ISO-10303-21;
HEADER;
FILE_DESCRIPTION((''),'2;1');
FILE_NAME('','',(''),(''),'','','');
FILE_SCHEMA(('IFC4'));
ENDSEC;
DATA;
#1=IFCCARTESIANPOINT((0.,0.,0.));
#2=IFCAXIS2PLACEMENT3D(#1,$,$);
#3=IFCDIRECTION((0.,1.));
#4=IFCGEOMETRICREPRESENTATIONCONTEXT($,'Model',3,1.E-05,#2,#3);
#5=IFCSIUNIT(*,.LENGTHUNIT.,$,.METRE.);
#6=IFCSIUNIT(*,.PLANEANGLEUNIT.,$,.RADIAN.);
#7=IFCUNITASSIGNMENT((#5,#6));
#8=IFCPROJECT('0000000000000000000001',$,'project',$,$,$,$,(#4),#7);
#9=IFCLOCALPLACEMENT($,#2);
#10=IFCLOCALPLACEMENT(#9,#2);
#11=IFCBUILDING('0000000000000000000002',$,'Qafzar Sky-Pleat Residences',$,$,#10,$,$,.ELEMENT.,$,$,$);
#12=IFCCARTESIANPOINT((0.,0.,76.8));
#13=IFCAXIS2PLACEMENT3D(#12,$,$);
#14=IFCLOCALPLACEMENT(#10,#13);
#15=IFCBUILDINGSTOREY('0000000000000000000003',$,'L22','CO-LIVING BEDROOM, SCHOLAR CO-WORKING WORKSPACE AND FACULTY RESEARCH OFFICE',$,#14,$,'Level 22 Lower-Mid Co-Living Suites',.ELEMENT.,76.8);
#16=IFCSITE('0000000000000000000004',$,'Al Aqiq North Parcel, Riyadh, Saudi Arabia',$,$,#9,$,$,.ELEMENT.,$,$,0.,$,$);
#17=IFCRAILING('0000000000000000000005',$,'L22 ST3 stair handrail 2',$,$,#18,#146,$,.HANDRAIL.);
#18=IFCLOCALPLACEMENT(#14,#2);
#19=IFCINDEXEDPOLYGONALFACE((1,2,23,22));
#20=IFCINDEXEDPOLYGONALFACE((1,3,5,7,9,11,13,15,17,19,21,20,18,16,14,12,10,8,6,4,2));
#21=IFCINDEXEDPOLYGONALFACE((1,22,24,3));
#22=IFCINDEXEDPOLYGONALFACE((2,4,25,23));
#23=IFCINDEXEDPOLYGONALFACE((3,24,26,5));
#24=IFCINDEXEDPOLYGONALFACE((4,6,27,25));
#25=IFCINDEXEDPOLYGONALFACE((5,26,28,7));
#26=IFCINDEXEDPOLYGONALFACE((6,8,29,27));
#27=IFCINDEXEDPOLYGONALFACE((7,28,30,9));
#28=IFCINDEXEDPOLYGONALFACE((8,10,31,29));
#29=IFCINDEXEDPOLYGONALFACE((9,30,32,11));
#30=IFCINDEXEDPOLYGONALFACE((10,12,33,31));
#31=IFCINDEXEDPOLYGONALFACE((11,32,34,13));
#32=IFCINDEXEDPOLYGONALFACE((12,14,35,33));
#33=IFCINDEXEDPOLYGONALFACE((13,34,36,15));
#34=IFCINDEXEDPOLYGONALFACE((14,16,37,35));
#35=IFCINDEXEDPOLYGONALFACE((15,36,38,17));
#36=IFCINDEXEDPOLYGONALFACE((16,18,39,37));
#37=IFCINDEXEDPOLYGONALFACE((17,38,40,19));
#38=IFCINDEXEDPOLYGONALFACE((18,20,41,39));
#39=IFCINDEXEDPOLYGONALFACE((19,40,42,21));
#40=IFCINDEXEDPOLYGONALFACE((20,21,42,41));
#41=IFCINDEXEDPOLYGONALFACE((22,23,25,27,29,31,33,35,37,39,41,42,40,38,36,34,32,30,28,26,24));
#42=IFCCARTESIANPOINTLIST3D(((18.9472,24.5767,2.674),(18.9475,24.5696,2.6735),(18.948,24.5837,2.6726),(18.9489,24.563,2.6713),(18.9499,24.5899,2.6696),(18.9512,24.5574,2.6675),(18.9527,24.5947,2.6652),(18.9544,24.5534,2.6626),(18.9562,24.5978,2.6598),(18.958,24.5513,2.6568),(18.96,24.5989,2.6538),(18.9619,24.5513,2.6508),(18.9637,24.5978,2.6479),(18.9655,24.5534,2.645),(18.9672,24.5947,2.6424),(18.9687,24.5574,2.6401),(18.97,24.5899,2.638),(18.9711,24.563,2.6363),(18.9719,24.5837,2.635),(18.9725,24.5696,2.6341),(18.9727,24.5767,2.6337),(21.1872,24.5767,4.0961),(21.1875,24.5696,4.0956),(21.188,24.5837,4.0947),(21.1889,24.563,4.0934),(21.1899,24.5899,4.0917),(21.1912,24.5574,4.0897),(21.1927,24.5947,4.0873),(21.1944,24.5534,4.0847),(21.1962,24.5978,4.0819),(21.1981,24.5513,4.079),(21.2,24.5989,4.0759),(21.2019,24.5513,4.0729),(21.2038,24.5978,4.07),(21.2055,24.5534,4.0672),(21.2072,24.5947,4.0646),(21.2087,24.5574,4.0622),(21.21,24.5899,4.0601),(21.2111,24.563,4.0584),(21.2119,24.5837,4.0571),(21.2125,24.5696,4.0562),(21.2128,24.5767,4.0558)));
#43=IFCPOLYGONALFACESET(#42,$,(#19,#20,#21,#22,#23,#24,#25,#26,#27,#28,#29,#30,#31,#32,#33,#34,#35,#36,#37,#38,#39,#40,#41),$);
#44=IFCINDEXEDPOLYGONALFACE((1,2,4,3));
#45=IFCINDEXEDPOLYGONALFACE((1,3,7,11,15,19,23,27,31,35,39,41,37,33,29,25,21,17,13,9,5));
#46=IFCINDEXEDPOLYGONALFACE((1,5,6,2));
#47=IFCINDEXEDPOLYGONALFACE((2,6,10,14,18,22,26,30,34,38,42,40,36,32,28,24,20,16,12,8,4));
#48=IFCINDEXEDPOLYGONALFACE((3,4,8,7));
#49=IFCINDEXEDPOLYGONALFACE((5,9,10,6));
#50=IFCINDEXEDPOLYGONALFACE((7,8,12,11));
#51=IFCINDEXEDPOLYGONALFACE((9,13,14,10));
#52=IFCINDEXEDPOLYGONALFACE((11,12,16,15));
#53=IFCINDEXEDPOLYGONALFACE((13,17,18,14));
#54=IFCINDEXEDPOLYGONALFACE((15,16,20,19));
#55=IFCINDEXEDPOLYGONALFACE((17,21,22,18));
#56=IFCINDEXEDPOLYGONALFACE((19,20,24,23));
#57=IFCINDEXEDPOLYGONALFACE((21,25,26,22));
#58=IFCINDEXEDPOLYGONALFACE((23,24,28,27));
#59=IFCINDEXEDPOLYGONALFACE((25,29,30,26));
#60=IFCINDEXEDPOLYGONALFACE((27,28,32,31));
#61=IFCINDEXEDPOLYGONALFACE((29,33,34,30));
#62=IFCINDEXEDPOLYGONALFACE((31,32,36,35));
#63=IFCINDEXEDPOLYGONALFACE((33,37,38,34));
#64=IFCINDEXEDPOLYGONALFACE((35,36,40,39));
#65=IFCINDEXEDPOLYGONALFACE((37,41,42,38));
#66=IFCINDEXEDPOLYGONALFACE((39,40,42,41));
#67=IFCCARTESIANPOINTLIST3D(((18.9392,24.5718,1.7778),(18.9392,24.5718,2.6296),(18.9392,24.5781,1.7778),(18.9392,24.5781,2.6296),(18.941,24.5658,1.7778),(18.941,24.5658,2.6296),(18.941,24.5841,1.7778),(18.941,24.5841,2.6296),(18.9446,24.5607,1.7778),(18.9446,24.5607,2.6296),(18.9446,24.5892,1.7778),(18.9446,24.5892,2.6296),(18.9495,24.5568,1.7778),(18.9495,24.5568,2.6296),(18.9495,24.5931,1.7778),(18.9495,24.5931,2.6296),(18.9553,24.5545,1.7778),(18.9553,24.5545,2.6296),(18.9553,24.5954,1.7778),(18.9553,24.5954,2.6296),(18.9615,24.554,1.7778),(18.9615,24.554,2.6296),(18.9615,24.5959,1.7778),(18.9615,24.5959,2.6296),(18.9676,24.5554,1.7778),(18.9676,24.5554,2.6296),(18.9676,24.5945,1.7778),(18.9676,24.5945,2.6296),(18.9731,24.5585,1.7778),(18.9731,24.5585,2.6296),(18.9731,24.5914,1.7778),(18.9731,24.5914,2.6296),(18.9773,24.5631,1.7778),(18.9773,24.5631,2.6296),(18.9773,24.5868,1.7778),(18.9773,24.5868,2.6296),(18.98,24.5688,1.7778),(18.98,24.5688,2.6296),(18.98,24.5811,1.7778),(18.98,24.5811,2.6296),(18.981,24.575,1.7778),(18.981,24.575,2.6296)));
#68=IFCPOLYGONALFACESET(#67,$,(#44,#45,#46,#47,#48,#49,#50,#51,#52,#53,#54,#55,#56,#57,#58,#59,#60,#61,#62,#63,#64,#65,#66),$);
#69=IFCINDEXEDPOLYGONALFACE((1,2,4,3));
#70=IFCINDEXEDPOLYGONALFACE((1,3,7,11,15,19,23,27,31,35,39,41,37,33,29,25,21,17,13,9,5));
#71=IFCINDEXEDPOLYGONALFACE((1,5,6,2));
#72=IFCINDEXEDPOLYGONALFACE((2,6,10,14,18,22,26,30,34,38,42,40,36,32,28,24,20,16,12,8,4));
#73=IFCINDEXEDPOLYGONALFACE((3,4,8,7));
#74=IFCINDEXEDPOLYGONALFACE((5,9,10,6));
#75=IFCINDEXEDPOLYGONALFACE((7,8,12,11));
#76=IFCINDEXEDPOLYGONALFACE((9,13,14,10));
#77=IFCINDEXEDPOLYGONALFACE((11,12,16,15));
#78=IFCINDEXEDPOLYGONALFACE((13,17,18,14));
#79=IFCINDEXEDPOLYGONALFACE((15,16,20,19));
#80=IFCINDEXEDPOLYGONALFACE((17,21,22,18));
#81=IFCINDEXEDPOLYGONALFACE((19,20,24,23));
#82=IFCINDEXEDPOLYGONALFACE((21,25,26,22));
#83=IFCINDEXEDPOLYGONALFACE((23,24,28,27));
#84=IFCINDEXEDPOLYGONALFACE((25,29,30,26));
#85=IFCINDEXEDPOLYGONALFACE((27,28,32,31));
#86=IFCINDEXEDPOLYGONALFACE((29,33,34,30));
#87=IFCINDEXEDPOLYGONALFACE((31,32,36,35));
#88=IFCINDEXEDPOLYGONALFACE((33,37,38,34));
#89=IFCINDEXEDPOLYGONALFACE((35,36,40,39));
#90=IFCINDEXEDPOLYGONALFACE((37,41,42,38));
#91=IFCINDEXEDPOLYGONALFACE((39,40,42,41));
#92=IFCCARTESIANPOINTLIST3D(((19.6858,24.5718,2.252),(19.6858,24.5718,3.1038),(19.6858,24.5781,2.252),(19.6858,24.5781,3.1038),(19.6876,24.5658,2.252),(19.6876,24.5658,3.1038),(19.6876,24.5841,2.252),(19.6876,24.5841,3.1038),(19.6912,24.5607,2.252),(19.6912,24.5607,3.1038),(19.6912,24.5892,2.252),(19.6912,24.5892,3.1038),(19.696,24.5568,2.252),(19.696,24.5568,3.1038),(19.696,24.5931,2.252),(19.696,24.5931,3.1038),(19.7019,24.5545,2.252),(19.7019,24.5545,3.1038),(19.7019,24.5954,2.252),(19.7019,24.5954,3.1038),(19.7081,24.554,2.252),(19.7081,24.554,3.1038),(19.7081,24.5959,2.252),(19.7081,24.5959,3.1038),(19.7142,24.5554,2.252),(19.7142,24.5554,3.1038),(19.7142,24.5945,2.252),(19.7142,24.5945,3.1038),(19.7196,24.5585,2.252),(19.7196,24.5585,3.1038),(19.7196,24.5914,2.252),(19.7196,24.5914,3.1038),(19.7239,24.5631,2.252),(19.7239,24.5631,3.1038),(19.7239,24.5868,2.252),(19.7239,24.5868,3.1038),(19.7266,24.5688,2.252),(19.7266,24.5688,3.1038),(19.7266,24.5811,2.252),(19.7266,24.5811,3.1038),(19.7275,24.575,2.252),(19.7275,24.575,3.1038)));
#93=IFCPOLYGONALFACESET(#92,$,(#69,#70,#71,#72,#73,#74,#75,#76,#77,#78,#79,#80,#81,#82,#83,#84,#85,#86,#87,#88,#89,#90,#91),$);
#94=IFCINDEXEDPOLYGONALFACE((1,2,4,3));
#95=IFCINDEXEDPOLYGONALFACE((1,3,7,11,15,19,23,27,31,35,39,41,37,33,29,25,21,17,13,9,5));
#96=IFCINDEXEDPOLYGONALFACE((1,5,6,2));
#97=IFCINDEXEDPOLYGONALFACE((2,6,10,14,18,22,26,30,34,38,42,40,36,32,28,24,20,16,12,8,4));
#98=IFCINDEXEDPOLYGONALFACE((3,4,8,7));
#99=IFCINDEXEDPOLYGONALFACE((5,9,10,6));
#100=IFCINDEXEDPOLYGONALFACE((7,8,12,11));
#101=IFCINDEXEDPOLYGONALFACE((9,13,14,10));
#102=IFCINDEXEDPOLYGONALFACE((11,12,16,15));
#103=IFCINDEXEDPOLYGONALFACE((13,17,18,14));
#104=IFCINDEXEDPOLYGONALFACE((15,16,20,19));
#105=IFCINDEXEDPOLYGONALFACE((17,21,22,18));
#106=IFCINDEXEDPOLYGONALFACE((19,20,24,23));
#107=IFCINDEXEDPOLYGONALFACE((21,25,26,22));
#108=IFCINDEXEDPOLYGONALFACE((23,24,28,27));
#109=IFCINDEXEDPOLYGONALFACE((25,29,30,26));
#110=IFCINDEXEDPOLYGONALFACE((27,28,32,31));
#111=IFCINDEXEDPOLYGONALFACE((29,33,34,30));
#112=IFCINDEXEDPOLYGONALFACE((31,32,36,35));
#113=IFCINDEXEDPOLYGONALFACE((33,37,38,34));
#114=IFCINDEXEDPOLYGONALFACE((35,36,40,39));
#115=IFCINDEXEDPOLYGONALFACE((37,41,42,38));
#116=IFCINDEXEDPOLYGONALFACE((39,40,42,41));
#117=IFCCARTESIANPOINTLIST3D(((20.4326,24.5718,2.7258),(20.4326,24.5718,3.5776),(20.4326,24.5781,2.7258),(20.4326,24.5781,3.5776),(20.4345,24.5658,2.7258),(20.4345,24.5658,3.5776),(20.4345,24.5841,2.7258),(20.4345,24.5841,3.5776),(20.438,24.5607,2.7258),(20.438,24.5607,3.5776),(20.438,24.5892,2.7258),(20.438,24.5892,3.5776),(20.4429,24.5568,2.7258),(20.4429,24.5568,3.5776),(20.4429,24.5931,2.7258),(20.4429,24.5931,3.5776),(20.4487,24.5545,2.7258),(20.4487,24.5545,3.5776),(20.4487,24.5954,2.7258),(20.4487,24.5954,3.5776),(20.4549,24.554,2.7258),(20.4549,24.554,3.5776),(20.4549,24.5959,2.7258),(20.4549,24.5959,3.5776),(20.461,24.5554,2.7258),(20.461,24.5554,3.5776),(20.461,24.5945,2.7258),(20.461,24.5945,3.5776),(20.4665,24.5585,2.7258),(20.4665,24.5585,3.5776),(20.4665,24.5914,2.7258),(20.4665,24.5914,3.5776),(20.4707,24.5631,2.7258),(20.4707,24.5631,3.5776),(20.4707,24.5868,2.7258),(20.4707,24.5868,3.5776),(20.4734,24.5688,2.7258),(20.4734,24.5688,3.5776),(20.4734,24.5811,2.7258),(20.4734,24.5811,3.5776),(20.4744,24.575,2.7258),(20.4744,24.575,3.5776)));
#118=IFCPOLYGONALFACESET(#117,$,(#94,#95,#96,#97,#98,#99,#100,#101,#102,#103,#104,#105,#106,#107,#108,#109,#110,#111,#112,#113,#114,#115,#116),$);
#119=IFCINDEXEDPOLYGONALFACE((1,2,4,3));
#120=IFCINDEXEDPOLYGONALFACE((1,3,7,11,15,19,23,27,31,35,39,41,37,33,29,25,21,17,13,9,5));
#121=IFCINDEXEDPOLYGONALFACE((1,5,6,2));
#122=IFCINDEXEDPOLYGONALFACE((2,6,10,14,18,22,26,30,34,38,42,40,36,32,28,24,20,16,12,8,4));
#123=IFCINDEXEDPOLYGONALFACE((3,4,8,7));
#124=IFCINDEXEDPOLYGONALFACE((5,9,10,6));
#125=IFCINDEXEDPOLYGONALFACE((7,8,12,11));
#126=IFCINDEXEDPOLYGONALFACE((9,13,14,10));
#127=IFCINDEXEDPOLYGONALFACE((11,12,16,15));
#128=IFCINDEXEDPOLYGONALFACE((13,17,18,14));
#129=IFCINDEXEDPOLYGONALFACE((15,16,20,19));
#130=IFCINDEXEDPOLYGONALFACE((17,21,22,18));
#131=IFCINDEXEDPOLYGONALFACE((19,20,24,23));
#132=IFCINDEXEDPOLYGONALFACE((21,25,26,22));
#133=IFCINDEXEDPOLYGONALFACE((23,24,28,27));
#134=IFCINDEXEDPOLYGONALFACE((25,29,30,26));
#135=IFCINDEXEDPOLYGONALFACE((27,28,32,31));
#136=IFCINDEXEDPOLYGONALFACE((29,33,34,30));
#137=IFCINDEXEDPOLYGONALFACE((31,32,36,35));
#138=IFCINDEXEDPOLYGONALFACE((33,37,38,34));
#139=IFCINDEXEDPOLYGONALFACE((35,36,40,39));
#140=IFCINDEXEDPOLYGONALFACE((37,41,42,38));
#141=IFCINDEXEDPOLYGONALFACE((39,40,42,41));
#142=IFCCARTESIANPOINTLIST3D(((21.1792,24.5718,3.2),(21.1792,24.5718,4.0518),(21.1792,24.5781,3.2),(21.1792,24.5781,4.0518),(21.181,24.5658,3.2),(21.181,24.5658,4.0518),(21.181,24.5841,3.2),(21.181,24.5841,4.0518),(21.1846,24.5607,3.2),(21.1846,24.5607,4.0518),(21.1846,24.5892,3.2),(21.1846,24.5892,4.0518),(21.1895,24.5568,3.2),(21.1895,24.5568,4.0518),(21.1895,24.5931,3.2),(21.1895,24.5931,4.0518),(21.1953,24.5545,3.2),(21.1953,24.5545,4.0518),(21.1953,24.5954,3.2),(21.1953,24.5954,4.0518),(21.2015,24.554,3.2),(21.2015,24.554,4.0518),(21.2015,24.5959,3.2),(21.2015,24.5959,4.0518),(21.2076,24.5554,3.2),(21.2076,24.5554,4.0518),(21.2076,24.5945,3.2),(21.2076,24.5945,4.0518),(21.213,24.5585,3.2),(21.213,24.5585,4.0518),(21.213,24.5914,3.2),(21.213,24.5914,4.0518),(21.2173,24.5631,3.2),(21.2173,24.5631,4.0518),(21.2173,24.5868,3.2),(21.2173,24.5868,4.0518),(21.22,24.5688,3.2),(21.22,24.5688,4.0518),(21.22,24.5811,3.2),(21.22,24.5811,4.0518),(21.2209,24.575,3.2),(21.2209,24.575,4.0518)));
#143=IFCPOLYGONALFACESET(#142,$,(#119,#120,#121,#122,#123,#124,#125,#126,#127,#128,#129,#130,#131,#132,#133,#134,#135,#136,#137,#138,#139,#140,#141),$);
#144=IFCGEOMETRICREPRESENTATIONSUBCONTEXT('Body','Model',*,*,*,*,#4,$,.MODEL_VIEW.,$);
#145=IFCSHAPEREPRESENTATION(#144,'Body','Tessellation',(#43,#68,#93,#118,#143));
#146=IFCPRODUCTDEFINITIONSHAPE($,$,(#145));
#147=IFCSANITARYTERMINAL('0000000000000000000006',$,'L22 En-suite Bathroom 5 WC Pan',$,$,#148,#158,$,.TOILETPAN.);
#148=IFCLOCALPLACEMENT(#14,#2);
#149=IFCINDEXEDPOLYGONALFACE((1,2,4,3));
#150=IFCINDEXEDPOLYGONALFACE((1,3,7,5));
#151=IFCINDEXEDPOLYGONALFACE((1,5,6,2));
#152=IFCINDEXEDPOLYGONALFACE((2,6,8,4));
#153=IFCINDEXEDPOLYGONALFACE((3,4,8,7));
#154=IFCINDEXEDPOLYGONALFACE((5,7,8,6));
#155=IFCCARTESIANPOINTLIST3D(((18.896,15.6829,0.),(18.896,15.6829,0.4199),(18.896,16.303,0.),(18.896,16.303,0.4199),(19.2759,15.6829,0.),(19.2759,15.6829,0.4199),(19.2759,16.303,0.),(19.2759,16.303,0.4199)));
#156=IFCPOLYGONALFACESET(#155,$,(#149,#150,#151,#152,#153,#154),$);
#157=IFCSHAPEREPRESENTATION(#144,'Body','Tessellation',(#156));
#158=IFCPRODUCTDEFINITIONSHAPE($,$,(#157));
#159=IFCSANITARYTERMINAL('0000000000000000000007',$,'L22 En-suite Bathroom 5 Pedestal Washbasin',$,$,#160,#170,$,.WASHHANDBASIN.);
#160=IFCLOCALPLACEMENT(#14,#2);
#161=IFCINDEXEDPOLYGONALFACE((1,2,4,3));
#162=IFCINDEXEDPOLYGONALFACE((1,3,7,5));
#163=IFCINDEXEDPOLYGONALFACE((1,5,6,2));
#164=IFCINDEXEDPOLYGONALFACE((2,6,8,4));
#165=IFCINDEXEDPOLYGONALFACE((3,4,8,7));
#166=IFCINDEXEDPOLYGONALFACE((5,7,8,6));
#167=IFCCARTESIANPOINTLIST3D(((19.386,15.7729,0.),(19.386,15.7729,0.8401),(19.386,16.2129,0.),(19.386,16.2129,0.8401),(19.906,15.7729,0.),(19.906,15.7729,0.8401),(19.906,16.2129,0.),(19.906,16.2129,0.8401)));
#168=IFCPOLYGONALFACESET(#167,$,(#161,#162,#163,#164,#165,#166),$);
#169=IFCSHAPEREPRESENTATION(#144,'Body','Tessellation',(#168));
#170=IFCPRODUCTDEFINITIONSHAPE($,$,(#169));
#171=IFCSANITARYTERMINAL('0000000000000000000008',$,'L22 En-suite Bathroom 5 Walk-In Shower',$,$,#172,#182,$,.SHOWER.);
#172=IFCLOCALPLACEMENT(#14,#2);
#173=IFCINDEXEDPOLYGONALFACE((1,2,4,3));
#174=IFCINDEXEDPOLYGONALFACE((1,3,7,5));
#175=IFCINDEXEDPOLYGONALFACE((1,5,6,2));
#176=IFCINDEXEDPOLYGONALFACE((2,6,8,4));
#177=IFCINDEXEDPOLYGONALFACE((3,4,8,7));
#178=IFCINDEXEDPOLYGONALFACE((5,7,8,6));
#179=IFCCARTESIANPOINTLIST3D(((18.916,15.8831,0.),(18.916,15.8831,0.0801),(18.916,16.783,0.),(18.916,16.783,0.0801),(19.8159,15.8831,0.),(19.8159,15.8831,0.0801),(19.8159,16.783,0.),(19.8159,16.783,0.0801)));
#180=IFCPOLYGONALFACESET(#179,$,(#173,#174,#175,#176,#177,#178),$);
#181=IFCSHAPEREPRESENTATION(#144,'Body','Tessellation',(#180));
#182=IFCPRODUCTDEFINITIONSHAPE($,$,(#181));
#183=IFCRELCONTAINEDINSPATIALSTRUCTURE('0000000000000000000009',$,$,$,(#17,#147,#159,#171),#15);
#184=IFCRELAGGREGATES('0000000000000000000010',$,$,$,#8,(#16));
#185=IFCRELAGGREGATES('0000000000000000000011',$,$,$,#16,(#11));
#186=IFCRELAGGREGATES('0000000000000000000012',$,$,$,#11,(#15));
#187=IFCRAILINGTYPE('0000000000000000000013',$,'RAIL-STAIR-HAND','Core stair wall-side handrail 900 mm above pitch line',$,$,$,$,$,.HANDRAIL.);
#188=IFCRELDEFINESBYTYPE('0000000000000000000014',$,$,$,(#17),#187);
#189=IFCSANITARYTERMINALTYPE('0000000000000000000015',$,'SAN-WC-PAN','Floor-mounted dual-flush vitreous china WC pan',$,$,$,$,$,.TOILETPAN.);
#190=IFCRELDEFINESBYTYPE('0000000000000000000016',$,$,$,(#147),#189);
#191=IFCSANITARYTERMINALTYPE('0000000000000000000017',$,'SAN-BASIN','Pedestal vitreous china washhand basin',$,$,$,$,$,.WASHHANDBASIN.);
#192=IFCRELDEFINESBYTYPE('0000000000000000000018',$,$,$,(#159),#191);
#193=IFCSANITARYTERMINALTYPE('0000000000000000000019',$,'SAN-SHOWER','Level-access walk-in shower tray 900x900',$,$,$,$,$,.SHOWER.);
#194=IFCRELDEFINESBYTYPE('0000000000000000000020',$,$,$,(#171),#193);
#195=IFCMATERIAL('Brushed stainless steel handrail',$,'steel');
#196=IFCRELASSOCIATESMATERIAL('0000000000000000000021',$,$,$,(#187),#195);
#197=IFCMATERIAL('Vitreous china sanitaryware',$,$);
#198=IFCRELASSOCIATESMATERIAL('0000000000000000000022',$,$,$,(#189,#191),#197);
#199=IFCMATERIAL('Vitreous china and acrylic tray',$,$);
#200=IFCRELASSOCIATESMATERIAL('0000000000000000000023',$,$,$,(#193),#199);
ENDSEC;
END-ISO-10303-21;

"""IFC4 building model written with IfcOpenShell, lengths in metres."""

from ifc_helpers import new_model, si_unit, direction, frame, origin, origin_2d, place, context, subcontext, project, spatial, rectangle, circle, extrude, source, transform, mapped, material, type_object, element, save


model = new_model("IFC4")

# Units and contexts
model_context = context("Model", 3, precision=1e-05, world=origin(), true_north=direction((0.0, 1.0)))
body_context = subcontext(model_context, "Body", "Model", "MODEL_VIEW")
ifc_project = project(units=[si_unit("LENGTHUNIT", "METRE"), si_unit("PLANEANGLEUNIT", "RADIAN")], contexts=[model_context])

# Site, building, storey
site_placement = place(None, origin())
site = spatial("IfcSite", under=ifc_project, at=site_placement, Name="Al Aqiq North Parcel, Riyadh, Saudi Arabia", CompositionType="ELEMENT", RefElevation=0.0)
building_placement = place(site_placement, origin())
building = spatial("IfcBuilding", under=site, at=building_placement, Name="Qafzar Sky-Pleat Residences", CompositionType="ELEMENT")
storey_placement = place(building_placement, frame((0.0, 0.0, 76.8)))
storey = spatial("IfcBuildingStorey", under=building, at=storey_placement, Name="L22", Description="CO-LIVING BEDROOM, SCHOLAR CO-WORKING WORKSPACE AND FACULTY RESEARCH OFFICE", LongName="Level 22 Lower-Mid Co-Living Suites", CompositionType="ELEMENT", Elevation=76.8)

# Railing
ifc_material_1 = material(Name="Brushed stainless steel handrail", Category="steel")
railing_type = type_object("IfcRailingType", Name="RAIL-STAIR-HAND", Description="Core stair wall-side handrail 900 mm above pitch line", PredefinedType="HANDRAIL", material=ifc_material_1)
shared_shape_1 = source(origin(), body_context, "Body", "SweptSolid", [
    extrude(circle(Radius=0.0239, at=origin_2d()), frame((0.0, 0.0, 0.876), z_axis=(0.844229, 0.0, 0.535982), x_axis=(0.0, 1.0, 0.0)), (0.0, 0.0, 1.0), 2.6533),
    extrude(circle(Radius=0.021, at=origin_2d()), origin(), (0.0, 0.0, 1.0), 0.8518),
    extrude(circle(Radius=0.021, at=origin_2d()), frame((0.7466, 0.0, 0.4741)), (0.0, 0.0, 1.0), 0.8518),
    extrude(circle(Radius=0.021, at=origin_2d()), frame((1.4934, 0.0, 0.948)), (0.0, 0.0, 1.0), 0.8518),
    extrude(circle(Radius=0.021, at=origin_2d()), frame((2.24, 0.0, 1.4221)), (0.0, 0.0, 1.0), 0.8518),
])
railing_placement = place(storey_placement, frame((18.96, 24.575, 1.7778)))
element("IfcRailing", 1, at=railing_placement, inside=storey, type_object=railing_type, Name="L22 ST3 stair handrail 2", PredefinedType="HANDRAIL", context=body_context, shape_type="MappedRepresentation", body=[
    mapped(shared_shape_1, transform((0.0, 0.0, 0.0), x_axis=(1.0, 0.0, 0.0), y_axis=(0.0, 1.0, 0.0), z_axis=(0.0, 0.0, 1.0), scale=1.0)),
])

# Sanitary terminals
ifc_material_2 = material(Name="Vitreous china sanitaryware")
sanitary_terminal_type_1 = type_object("IfcSanitaryTerminalType", Name="SAN-WC-PAN", Description="Floor-mounted dual-flush vitreous china WC pan", PredefinedType="TOILETPAN", material=ifc_material_2)
shared_shape_2 = source(origin(), body_context, "Body", "SweptSolid", [
    extrude(rectangle(XDim=0.3799, YDim=0.6201, at=origin_2d()), origin(), (0.0, 0.0, 1.0), 0.4199),
])
sanitary_terminal_1_placement = place(storey_placement, frame((19.0859, 15.9929, 0.0), z_axis=(0.0, 0.0, 1.0), x_axis=(1.0, 0.0, 0.0)))
element("IfcSanitaryTerminal", 2, at=sanitary_terminal_1_placement, inside=storey, type_object=sanitary_terminal_type_1, Name="L22 En-suite Bathroom 5 WC Pan", PredefinedType="TOILETPAN", context=body_context, shape_type="MappedRepresentation", body=[
    mapped(shared_shape_2, transform((0.0, 0.0, 0.0), x_axis=(1.0, 0.0, 0.0), y_axis=(0.0, 1.0, 0.0), z_axis=(0.0, 0.0, 1.0), scale=1.0)),
])
sanitary_terminal_type_2 = type_object("IfcSanitaryTerminalType", Name="SAN-BASIN", Description="Pedestal vitreous china washhand basin", PredefinedType="WASHHANDBASIN", material=ifc_material_2)
shared_shape_3 = source(origin(), body_context, "Body", "SweptSolid", [
    extrude(rectangle(XDim=0.52, YDim=0.4399, at=origin_2d()), origin(), (0.0, 0.0, 1.0), 0.8401),
])
sanitary_terminal_2_placement = place(storey_placement, frame((19.646, 15.9929, 0.0), z_axis=(0.0, 0.0, 1.0), x_axis=(1.0, 0.0, 0.0)))
element("IfcSanitaryTerminal", 3, at=sanitary_terminal_2_placement, inside=storey, type_object=sanitary_terminal_type_2, Name="L22 En-suite Bathroom 5 Pedestal Washbasin", PredefinedType="WASHHANDBASIN", context=body_context, shape_type="MappedRepresentation", body=[
    mapped(shared_shape_3, transform((0.0, 0.0, 0.0), x_axis=(1.0, 0.0, 0.0), y_axis=(0.0, 1.0, 0.0), z_axis=(0.0, 0.0, 1.0), scale=1.0)),
])
ifc_material_3 = material(Name="Vitreous china and acrylic tray")
sanitary_terminal_type_3 = type_object("IfcSanitaryTerminalType", Name="SAN-SHOWER", Description="Level-access walk-in shower tray 900x900", PredefinedType="SHOWER", material=ifc_material_3)
shared_shape_4 = source(origin(), body_context, "Body", "SweptSolid", [
    extrude(rectangle(XDim=0.8999, YDim=0.8999, at=origin_2d()), origin(), (0.0, 0.0, 1.0), 0.0801),
])
sanitary_terminal_3_placement = place(storey_placement, frame((19.366, 16.333, 0.0), z_axis=(0.0, 0.0, 1.0), x_axis=(1.0, 0.0, 0.0)))
element("IfcSanitaryTerminal", 4, at=sanitary_terminal_3_placement, inside=storey, type_object=sanitary_terminal_type_3, Name="L22 En-suite Bathroom 5 Walk-In Shower", PredefinedType="SHOWER", context=body_context, shape_type="MappedRepresentation", body=[
    mapped(shared_shape_4, transform((0.0, 0.0, 0.0), x_axis=(1.0, 0.0, 0.0), y_axis=(0.0, 1.0, 0.0), z_axis=(0.0, 0.0, 1.0), scale=1.0)),
])

save(model, "model.ifc")
